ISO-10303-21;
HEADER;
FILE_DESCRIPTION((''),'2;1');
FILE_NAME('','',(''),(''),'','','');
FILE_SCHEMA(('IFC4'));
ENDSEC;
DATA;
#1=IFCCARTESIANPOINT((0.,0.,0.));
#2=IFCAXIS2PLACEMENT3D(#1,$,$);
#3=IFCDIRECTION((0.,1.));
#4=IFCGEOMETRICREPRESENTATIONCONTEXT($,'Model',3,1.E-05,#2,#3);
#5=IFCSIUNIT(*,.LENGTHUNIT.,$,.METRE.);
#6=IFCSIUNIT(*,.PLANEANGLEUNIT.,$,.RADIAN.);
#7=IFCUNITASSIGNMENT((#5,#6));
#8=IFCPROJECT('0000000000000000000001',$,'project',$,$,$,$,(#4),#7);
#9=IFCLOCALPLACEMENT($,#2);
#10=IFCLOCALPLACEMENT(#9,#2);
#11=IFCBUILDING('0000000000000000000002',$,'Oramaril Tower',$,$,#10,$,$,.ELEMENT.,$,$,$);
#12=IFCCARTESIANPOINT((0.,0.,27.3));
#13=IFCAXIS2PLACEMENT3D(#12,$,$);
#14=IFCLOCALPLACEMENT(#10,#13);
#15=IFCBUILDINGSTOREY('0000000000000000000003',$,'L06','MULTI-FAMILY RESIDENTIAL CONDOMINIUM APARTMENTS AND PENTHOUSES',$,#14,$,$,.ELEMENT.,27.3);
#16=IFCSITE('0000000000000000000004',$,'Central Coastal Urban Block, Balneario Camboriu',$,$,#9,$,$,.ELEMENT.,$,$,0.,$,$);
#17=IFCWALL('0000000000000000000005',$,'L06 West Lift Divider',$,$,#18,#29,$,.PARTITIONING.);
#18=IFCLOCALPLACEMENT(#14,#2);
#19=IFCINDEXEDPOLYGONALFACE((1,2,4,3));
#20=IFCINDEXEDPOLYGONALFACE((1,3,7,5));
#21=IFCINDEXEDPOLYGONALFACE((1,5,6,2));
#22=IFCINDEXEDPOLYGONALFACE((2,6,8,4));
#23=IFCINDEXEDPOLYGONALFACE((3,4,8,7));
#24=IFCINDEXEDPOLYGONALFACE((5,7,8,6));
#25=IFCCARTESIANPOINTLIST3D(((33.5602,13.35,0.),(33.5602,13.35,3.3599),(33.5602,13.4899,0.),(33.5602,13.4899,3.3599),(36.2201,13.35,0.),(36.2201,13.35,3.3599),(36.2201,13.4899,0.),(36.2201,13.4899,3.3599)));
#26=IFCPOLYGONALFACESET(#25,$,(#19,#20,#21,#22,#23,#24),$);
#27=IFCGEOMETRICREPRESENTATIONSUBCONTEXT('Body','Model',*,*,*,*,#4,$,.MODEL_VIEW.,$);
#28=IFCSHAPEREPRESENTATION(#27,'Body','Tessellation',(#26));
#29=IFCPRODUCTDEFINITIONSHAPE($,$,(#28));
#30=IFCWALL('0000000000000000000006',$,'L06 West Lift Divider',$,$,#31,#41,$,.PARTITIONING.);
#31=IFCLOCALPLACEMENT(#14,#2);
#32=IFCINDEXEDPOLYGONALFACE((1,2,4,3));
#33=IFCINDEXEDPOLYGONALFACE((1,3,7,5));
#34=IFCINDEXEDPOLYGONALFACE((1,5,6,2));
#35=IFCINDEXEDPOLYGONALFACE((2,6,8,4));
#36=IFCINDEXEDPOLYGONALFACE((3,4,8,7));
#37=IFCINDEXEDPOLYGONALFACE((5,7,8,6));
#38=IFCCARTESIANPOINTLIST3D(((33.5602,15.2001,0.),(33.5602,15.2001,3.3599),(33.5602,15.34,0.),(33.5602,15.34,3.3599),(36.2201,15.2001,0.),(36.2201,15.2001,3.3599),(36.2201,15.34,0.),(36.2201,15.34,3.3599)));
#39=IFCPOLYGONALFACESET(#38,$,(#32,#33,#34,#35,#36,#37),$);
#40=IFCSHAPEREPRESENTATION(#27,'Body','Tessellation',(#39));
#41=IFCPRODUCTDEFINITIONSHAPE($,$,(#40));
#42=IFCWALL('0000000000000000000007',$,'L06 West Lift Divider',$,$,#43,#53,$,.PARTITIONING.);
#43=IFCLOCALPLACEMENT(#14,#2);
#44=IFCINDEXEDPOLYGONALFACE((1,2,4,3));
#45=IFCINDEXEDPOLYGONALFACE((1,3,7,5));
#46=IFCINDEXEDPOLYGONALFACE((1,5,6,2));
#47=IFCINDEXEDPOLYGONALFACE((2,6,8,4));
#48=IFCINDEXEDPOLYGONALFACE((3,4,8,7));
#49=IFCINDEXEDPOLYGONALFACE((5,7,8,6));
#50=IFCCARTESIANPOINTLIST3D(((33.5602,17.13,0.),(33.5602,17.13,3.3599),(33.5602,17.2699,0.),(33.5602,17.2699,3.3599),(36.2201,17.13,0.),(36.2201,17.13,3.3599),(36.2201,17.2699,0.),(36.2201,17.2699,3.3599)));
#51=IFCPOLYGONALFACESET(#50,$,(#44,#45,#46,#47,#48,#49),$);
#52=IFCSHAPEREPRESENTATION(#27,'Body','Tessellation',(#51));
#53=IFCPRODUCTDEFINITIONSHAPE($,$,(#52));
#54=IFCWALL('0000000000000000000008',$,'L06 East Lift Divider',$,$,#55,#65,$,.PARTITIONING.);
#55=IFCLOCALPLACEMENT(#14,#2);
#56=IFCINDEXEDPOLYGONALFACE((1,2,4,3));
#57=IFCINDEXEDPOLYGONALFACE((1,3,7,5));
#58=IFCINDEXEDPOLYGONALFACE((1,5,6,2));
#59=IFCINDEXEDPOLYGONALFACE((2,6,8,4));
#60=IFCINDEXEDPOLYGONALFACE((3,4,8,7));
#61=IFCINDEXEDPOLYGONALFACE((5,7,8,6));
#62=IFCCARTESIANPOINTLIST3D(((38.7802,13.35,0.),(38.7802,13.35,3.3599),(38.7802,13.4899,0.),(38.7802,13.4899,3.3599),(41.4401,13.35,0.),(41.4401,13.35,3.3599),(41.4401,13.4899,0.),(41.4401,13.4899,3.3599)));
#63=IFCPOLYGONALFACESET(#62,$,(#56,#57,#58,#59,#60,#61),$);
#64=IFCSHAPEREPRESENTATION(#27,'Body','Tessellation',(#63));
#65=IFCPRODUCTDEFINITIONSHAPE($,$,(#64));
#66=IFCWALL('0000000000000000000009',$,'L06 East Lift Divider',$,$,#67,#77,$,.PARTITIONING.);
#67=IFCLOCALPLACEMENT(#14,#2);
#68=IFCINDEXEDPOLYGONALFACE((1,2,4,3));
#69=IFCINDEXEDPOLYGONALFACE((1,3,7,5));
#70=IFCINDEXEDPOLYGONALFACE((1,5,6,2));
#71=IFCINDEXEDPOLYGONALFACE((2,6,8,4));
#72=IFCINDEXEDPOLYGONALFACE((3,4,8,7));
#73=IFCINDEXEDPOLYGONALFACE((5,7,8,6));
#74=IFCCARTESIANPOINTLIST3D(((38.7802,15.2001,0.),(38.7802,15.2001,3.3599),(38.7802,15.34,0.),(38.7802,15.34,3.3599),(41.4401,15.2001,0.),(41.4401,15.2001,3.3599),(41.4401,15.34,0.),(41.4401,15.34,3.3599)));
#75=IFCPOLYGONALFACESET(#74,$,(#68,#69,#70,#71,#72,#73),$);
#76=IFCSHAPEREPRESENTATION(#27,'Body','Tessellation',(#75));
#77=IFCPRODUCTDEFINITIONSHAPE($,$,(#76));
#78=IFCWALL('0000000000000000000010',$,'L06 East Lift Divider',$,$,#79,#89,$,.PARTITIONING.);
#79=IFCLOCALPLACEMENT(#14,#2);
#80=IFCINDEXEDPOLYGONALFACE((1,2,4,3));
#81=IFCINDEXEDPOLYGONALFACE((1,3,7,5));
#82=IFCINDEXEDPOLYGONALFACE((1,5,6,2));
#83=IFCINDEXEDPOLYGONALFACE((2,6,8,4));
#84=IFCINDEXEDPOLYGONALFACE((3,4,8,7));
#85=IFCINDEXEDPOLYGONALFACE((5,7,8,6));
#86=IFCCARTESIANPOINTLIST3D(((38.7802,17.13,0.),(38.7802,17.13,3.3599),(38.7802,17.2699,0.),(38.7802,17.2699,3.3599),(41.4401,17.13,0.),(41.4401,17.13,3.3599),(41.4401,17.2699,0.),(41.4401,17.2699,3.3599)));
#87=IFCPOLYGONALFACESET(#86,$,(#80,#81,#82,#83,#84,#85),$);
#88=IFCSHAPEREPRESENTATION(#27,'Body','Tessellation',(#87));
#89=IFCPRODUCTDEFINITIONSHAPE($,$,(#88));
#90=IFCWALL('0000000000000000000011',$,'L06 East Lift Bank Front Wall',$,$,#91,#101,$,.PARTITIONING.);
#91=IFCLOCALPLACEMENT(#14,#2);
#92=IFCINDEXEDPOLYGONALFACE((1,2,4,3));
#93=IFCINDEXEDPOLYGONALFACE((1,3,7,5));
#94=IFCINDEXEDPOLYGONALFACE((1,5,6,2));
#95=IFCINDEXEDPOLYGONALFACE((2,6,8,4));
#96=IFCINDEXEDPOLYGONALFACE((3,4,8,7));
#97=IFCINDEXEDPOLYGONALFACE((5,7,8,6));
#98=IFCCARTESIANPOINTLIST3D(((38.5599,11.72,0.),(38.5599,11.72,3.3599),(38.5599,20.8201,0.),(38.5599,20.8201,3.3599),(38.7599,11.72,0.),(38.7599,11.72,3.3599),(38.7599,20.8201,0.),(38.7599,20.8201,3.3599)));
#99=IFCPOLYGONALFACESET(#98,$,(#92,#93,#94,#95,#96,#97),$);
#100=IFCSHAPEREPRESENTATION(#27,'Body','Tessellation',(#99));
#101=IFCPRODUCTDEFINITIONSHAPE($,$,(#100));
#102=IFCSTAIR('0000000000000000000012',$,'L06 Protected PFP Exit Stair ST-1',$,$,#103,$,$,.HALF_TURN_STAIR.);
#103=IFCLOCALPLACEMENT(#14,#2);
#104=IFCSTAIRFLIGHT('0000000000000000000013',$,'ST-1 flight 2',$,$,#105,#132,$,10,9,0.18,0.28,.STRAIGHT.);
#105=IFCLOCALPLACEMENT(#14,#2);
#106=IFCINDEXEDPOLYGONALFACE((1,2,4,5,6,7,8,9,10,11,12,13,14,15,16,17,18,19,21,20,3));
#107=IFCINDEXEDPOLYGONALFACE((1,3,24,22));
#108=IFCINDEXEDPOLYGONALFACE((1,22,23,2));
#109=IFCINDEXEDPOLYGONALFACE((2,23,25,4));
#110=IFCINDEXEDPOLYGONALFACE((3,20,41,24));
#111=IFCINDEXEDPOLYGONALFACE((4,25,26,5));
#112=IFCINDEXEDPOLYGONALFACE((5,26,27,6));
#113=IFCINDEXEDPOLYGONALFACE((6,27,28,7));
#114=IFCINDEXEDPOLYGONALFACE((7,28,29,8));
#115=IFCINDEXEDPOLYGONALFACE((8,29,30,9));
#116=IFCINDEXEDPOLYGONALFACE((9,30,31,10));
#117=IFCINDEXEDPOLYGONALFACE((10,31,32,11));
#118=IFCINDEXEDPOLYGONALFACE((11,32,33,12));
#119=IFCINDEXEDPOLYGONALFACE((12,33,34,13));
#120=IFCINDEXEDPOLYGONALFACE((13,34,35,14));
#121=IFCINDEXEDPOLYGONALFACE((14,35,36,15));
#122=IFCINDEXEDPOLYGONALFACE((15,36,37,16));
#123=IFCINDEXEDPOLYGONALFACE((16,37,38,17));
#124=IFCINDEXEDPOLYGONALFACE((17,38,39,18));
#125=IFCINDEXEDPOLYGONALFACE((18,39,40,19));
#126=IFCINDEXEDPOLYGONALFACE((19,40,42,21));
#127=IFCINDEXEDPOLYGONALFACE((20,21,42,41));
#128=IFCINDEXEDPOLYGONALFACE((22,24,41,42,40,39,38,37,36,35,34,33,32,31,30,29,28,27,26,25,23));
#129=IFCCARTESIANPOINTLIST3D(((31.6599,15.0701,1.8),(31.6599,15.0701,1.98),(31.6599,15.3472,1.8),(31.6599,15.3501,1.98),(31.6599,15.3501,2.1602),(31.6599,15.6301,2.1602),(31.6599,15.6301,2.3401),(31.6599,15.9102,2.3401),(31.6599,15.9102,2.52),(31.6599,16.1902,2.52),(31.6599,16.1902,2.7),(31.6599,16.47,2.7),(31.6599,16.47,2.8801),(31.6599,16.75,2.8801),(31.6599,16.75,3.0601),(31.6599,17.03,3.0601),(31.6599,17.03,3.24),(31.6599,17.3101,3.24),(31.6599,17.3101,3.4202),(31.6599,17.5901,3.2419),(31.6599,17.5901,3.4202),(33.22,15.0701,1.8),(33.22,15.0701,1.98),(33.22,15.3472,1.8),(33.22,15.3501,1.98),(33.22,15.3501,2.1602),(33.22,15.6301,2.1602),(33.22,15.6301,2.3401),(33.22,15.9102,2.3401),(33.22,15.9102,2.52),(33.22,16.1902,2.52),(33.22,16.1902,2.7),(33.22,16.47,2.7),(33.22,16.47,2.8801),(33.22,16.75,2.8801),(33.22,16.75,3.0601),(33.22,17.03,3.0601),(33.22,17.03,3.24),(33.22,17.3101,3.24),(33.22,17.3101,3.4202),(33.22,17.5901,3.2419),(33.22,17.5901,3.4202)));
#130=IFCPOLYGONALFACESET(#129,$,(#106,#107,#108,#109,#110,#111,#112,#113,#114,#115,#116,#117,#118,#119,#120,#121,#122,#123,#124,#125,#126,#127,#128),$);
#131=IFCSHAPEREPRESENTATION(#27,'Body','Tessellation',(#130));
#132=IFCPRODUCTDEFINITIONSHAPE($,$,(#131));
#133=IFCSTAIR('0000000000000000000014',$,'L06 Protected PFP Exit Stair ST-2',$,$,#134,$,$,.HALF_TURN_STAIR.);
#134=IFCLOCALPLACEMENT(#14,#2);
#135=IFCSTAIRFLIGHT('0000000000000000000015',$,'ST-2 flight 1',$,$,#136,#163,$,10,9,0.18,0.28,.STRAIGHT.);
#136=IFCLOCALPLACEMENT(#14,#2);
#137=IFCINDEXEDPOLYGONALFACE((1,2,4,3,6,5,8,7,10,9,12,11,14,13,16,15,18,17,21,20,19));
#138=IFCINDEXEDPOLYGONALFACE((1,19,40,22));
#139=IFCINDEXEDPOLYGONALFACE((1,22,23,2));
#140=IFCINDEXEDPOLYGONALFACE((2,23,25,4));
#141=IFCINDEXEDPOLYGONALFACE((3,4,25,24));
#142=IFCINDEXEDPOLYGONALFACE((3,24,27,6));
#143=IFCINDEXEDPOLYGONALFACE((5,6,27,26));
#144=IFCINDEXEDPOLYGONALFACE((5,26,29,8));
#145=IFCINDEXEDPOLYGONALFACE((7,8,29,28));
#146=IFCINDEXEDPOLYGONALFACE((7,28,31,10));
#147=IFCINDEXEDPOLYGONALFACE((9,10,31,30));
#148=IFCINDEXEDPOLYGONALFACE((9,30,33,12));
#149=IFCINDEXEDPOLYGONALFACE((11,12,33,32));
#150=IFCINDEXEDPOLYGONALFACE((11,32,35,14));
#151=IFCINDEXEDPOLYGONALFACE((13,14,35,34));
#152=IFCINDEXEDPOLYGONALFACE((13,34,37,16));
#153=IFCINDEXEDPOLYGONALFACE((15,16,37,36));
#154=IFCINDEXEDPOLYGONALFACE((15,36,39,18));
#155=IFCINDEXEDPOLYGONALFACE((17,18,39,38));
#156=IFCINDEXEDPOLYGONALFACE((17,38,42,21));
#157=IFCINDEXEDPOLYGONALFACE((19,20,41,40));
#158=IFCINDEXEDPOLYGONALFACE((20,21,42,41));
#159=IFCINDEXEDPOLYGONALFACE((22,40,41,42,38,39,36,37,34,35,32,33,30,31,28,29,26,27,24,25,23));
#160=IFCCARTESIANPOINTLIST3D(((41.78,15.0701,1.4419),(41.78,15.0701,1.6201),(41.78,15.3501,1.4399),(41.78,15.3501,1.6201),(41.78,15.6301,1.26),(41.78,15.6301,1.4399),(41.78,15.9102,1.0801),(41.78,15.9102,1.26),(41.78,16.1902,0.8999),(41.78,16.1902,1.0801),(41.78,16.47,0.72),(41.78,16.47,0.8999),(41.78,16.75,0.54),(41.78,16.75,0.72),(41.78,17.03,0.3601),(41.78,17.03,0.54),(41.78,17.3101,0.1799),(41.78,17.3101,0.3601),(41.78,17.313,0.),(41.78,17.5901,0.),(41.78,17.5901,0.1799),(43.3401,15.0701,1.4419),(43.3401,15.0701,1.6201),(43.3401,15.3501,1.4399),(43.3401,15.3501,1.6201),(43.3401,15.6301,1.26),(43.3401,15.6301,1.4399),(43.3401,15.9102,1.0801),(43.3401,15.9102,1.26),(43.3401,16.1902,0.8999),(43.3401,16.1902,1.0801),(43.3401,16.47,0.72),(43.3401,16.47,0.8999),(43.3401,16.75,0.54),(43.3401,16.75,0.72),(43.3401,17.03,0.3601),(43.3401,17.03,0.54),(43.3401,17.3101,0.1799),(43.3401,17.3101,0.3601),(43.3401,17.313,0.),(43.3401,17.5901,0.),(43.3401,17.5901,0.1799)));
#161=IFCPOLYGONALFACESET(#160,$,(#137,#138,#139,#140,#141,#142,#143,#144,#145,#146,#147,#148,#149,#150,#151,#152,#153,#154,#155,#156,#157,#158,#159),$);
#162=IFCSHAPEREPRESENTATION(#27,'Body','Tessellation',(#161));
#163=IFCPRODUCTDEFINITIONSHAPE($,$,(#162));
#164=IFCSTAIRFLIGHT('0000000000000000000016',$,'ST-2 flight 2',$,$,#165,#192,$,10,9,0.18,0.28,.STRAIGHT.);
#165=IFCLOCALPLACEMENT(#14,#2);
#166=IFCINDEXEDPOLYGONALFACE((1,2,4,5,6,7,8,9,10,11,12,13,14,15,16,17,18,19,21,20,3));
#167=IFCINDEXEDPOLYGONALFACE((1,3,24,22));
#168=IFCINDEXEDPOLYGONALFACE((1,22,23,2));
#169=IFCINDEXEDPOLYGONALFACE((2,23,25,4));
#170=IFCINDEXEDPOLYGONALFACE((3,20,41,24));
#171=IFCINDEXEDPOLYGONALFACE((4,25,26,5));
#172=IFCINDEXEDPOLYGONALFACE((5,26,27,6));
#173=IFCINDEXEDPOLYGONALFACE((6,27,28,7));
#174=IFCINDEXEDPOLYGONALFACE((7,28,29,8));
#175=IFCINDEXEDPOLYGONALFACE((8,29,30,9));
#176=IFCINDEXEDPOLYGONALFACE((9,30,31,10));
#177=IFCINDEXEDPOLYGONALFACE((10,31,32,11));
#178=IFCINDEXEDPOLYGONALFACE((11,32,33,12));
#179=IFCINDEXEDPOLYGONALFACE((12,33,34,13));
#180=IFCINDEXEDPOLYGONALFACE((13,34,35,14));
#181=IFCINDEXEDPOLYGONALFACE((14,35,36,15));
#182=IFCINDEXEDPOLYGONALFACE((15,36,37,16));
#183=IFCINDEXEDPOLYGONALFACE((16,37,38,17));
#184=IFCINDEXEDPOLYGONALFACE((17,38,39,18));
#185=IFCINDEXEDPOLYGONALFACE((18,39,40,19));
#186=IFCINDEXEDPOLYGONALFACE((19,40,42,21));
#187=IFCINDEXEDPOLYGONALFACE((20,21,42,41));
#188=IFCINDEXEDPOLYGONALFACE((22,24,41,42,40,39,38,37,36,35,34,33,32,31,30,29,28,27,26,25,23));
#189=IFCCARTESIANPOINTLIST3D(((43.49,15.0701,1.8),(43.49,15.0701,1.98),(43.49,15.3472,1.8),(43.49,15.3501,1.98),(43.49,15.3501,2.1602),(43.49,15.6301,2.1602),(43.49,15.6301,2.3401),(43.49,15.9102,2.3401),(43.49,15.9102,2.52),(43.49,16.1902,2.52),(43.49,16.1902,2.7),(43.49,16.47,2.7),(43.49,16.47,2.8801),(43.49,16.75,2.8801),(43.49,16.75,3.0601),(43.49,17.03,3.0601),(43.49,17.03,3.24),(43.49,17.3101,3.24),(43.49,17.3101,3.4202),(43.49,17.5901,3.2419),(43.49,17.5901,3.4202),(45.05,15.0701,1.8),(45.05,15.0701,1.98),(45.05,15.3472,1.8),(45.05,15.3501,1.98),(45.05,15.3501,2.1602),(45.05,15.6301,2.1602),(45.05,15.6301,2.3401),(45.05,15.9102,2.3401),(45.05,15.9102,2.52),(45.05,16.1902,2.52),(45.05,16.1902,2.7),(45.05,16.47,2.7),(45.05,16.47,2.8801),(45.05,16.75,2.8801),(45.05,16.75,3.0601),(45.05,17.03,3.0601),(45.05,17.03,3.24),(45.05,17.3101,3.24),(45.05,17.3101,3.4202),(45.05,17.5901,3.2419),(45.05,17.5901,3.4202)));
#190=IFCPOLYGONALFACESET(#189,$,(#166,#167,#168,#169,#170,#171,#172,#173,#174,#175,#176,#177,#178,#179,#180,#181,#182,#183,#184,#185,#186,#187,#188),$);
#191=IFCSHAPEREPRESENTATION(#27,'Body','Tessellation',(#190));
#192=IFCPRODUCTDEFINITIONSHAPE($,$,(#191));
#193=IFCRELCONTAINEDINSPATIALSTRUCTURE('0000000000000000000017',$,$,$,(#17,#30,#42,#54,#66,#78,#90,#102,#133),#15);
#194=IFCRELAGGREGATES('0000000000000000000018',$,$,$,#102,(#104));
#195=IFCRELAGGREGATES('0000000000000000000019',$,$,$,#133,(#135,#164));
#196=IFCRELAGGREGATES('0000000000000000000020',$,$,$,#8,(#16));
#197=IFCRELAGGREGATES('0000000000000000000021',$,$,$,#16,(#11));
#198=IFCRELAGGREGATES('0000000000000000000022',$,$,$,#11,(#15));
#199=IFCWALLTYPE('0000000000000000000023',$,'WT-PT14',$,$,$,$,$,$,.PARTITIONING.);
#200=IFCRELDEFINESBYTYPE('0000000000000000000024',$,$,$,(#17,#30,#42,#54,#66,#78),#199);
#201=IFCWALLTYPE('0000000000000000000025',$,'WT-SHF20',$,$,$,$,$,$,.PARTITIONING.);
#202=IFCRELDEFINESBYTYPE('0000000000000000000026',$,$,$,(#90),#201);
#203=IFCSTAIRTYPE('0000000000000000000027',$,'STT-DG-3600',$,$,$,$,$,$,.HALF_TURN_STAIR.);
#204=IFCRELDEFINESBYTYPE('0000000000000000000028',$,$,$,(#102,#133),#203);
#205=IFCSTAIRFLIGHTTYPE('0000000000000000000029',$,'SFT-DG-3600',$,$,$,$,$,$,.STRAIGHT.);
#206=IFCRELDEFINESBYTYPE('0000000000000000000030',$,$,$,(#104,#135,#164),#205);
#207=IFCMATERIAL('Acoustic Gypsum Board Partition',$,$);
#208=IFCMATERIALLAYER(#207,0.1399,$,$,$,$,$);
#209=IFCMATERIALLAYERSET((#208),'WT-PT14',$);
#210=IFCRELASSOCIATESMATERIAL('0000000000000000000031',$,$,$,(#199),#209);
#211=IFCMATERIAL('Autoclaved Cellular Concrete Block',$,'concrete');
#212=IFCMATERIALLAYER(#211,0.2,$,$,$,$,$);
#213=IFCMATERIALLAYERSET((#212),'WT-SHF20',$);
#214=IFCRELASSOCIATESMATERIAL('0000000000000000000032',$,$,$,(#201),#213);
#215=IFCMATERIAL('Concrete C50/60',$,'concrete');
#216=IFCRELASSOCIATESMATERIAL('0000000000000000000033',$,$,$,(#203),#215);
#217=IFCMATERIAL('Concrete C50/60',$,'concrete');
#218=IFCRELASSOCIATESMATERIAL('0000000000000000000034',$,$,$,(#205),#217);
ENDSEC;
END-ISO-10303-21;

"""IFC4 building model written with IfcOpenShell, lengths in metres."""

from ifc_helpers import new_model, si_unit, direction, frame, frame_2d, origin, place, context, subcontext, project, spatial, polyline, rectangle, outline, extrude, material, layer, layer_set, type_object, element, aggregate, save


model = new_model("IFC4")

# Units and contexts
model_context = context("Model", 3, precision=1e-05, world=origin(), true_north=direction((0.0, 1.0)))
body_context = subcontext(model_context, "Body", "Model", "MODEL_VIEW")
ifc_project = project(units=[si_unit("LENGTHUNIT", "METRE"), si_unit("PLANEANGLEUNIT", "RADIAN")], contexts=[model_context])

# Site, building, storey
site_placement = place(None, origin())
site = spatial("IfcSite", under=ifc_project, at=site_placement, Name="Central Coastal Urban Block, Balneario Camboriu", CompositionType="ELEMENT", RefElevation=0.0)
building_placement = place(site_placement, origin())
building = spatial("IfcBuilding", under=site, at=building_placement, Name="Oramaril Tower", CompositionType="ELEMENT")
storey_placement = place(building_placement, frame((0.0, 0.0, 27.3)))
storey = spatial("IfcBuildingStorey", under=building, at=storey_placement, Name="L06", Description="MULTI-FAMILY RESIDENTIAL CONDOMINIUM APARTMENTS AND PENTHOUSES", CompositionType="ELEMENT", Elevation=27.3)

# Walls
ifc_material_1 = material(Name="Acoustic Gypsum Board Partition")
ifc_layer_1 = layer(ifc_material_1, 0.1399)
ifc_layer_set_1 = layer_set([ifc_layer_1], Name="WT-PT14")
wall_type_1 = type_object("IfcWallType", Name="WT-PT14", PredefinedType="PARTITIONING", material=ifc_layer_set_1)
for number, where, z_axis, x_axis, name in (
    (1, (33.5601, 13.4199, 0.0), (0.0, 0.0, 1.0), (1.0, 0.0, 0.0), "L06 West Lift Divider"),
    (2, (33.5601, 15.27, 0.0), (0.0, 0.0, 1.0), (1.0, 0.0, 0.0), "L06 West Lift Divider"),
    (3, (33.5601, 17.2, 0.0), (0.0, 0.0, 1.0), (1.0, 0.0, 0.0), "L06 West Lift Divider"),
    (4, (38.78, 13.4199, 0.0), (0.0, 0.0, 1.0), (1.0, 0.0, 0.0), "L06 East Lift Divider"),
    (5, (38.78, 15.27, 0.0), (0.0, 0.0, 1.0), (1.0, 0.0, 0.0), "L06 East Lift Divider"),
    (6, (38.78, 17.2, 0.0), (0.0, 0.0, 1.0), (1.0, 0.0, 0.0), "L06 East Lift Divider"),
):
    element("IfcWall", number, at=place(storey_placement, frame(where, z_axis=z_axis, x_axis=x_axis)), inside=storey, type_object=wall_type_1, Name=name, PredefinedType="PARTITIONING", context=body_context, shape_type="SweptSolid", body=[
        extrude(rectangle(XDim=2.6599, YDim=0.1399, at=frame_2d((1.3301, 0.0))), origin(), (0.0, 0.0, 1.0), 3.3599),
    ])

# Shared definitions
ifc_material_2 = material(Name="Autoclaved Cellular Concrete Block", Category="concrete")
ifc_layer_2 = layer(ifc_material_2, 0.2)
ifc_layer_set_2 = layer_set([ifc_layer_2], Name="WT-SHF20")
wall_type_2 = type_object("IfcWallType", Name="WT-SHF20", PredefinedType="PARTITIONING", material=ifc_layer_set_2)

# Wall
wall_1_placement = place(storey_placement, frame((38.6599, 11.72, 0.0), z_axis=(0.0, 0.0, 1.0), x_axis=(0.0, 1.0, 0.0)))
element("IfcWall", 7, at=wall_1_placement, inside=storey, type_object=wall_type_2, Name="L06 East Lift Bank Front Wall", PredefinedType="PARTITIONING", context=body_context, shape_type="SweptSolid", body=[
    extrude(rectangle(XDim=9.1001, YDim=0.2, at=frame_2d((4.55, 0.0))), origin(), (0.0, 0.0, 1.0), 3.3599),
])

# Stair, stair flight
ifc_material_3 = material(Name="Concrete C50/60", Category="concrete")
stair_type = type_object("IfcStairType", Name="STT-DG-3600", PredefinedType="HALF_TURN_STAIR", material=ifc_material_3)
stair_1_placement = place(storey_placement, origin())
stair_1 = element("IfcStair", 8, at=stair_1_placement, inside=storey, type_object=stair_type, Name="L06 Protected PFP Exit Stair ST-1", PredefinedType="HALF_TURN_STAIR")
ifc_material_4 = material(Name="Concrete C50/60", Category="concrete")
stair_flight_type = type_object("IfcStairFlightType", Name="SFT-DG-3600", PredefinedType="STRAIGHT", material=ifc_material_4)
stair_flight_1_placement = place(storey_placement, frame((32.4399, 15.0701, 1.8), z_axis=(0.0, 0.0, 1.0), x_axis=(0.0, 1.0, 0.0)))
stair_flight_1 = element("IfcStairFlight", 9, at=stair_flight_1_placement, type_object=stair_flight_type, Name="ST-1 flight 2", NumberOfRisers=10, NumberOfTreads=9, PredefinedType="STRAIGHT", RiserHeight=0.18, TreadLength=0.28, context=body_context, shape_type="SweptSolid", body=[
    extrude(outline(polyline([(0.0, 0.0), (0.0, 0.1799), (0.28, 0.1799), (0.28, 0.3601), (0.5601, 0.3601), (0.5601, 0.54), (0.8401, 0.54), (0.8401, 0.72), (1.1201, 0.72), (1.1201, 0.8999), (1.3999, 0.8999), (1.3999, 1.0801), (1.6799, 1.0801), (1.6799, 1.26), (1.96, 1.26), (1.96, 1.4399), (2.24, 1.4399), (2.24, 1.6201), (2.52, 1.6201), (2.52, 1.8), (2.52, 1.4419), (0.2771, 0.0), (0.0, 0.0)])), frame((0.0, 0.78, 0.0), z_axis=(0.0, -1.0, 0.0), x_axis=(1.0, 0.0, 0.0)), (0.0, 0.0, 1.0), 1.5601),
])
aggregate(stair_1, [stair_flight_1])

# Stair, stair flights
stair_2_placement = place(storey_placement, origin())
stair_2 = element("IfcStair", 10, at=stair_2_placement, inside=storey, type_object=stair_type, Name="L06 Protected PFP Exit Stair ST-2", PredefinedType="HALF_TURN_STAIR")
stair_flight_2_placement = place(storey_placement, frame((42.5601, 17.5901, 0.0), z_axis=(0.0, 0.0, 1.0), x_axis=(0.0, -1.0, 0.0)))
stair_flight_2 = element("IfcStairFlight", 11, at=stair_flight_2_placement, type_object=stair_flight_type, Name="ST-2 flight 1", NumberOfRisers=10, NumberOfTreads=9, PredefinedType="STRAIGHT", RiserHeight=0.18, TreadLength=0.28, context=body_context, shape_type="SweptSolid", body=[
    extrude(outline(polyline([(0.0, 0.0), (0.0, 0.1799), (0.28, 0.1799), (0.28, 0.3601), (0.5601, 0.3601), (0.5601, 0.54), (0.8401, 0.54), (0.8401, 0.72), (1.1201, 0.72), (1.1201, 0.8999), (1.3999, 0.8999), (1.3999, 1.0801), (1.6799, 1.0801), (1.6799, 1.26), (1.96, 1.26), (1.96, 1.4399), (2.24, 1.4399), (2.24, 1.6201), (2.52, 1.6201), (2.52, 1.8), (2.52, 1.4419), (0.2771, 0.0), (0.0, 0.0)])), frame((0.0, 0.78, 0.0), z_axis=(0.0, -1.0, 0.0), x_axis=(1.0, 0.0, 0.0)), (0.0, 0.0, 1.0), 1.5601),
])
stair_flight_3_placement = place(storey_placement, frame((44.27, 15.0701, 1.8), z_axis=(0.0, 0.0, 1.0), x_axis=(0.0, 1.0, 0.0)))
stair_flight_3 = element("IfcStairFlight", 12, at=stair_flight_3_placement, type_object=stair_flight_type, Name="ST-2 flight 2", NumberOfRisers=10, NumberOfTreads=9, PredefinedType="STRAIGHT", RiserHeight=0.18, TreadLength=0.28, context=body_context, shape_type="SweptSolid", body=[
    extrude(outline(polyline([(0.0, 0.0), (0.0, 0.1799), (0.28, 0.1799), (0.28, 0.3601), (0.5601, 0.3601), (0.5601, 0.54), (0.8401, 0.54), (0.8401, 0.72), (1.1201, 0.72), (1.1201, 0.8999), (1.3999, 0.8999), (1.3999, 1.0801), (1.6799, 1.0801), (1.6799, 1.26), (1.96, 1.26), (1.96, 1.4399), (2.24, 1.4399), (2.24, 1.6201), (2.52, 1.6201), (2.52, 1.8), (2.52, 1.4419), (0.2771, 0.0), (0.0, 0.0)])), frame((0.0, 0.78, 0.0), z_axis=(0.0, -1.0, 0.0), x_axis=(1.0, 0.0, 0.0)), (0.0, 0.0, 1.0), 1.5601),
])
aggregate(stair_2, [stair_flight_2, stair_flight_3])

save(model, "model.ifc")
